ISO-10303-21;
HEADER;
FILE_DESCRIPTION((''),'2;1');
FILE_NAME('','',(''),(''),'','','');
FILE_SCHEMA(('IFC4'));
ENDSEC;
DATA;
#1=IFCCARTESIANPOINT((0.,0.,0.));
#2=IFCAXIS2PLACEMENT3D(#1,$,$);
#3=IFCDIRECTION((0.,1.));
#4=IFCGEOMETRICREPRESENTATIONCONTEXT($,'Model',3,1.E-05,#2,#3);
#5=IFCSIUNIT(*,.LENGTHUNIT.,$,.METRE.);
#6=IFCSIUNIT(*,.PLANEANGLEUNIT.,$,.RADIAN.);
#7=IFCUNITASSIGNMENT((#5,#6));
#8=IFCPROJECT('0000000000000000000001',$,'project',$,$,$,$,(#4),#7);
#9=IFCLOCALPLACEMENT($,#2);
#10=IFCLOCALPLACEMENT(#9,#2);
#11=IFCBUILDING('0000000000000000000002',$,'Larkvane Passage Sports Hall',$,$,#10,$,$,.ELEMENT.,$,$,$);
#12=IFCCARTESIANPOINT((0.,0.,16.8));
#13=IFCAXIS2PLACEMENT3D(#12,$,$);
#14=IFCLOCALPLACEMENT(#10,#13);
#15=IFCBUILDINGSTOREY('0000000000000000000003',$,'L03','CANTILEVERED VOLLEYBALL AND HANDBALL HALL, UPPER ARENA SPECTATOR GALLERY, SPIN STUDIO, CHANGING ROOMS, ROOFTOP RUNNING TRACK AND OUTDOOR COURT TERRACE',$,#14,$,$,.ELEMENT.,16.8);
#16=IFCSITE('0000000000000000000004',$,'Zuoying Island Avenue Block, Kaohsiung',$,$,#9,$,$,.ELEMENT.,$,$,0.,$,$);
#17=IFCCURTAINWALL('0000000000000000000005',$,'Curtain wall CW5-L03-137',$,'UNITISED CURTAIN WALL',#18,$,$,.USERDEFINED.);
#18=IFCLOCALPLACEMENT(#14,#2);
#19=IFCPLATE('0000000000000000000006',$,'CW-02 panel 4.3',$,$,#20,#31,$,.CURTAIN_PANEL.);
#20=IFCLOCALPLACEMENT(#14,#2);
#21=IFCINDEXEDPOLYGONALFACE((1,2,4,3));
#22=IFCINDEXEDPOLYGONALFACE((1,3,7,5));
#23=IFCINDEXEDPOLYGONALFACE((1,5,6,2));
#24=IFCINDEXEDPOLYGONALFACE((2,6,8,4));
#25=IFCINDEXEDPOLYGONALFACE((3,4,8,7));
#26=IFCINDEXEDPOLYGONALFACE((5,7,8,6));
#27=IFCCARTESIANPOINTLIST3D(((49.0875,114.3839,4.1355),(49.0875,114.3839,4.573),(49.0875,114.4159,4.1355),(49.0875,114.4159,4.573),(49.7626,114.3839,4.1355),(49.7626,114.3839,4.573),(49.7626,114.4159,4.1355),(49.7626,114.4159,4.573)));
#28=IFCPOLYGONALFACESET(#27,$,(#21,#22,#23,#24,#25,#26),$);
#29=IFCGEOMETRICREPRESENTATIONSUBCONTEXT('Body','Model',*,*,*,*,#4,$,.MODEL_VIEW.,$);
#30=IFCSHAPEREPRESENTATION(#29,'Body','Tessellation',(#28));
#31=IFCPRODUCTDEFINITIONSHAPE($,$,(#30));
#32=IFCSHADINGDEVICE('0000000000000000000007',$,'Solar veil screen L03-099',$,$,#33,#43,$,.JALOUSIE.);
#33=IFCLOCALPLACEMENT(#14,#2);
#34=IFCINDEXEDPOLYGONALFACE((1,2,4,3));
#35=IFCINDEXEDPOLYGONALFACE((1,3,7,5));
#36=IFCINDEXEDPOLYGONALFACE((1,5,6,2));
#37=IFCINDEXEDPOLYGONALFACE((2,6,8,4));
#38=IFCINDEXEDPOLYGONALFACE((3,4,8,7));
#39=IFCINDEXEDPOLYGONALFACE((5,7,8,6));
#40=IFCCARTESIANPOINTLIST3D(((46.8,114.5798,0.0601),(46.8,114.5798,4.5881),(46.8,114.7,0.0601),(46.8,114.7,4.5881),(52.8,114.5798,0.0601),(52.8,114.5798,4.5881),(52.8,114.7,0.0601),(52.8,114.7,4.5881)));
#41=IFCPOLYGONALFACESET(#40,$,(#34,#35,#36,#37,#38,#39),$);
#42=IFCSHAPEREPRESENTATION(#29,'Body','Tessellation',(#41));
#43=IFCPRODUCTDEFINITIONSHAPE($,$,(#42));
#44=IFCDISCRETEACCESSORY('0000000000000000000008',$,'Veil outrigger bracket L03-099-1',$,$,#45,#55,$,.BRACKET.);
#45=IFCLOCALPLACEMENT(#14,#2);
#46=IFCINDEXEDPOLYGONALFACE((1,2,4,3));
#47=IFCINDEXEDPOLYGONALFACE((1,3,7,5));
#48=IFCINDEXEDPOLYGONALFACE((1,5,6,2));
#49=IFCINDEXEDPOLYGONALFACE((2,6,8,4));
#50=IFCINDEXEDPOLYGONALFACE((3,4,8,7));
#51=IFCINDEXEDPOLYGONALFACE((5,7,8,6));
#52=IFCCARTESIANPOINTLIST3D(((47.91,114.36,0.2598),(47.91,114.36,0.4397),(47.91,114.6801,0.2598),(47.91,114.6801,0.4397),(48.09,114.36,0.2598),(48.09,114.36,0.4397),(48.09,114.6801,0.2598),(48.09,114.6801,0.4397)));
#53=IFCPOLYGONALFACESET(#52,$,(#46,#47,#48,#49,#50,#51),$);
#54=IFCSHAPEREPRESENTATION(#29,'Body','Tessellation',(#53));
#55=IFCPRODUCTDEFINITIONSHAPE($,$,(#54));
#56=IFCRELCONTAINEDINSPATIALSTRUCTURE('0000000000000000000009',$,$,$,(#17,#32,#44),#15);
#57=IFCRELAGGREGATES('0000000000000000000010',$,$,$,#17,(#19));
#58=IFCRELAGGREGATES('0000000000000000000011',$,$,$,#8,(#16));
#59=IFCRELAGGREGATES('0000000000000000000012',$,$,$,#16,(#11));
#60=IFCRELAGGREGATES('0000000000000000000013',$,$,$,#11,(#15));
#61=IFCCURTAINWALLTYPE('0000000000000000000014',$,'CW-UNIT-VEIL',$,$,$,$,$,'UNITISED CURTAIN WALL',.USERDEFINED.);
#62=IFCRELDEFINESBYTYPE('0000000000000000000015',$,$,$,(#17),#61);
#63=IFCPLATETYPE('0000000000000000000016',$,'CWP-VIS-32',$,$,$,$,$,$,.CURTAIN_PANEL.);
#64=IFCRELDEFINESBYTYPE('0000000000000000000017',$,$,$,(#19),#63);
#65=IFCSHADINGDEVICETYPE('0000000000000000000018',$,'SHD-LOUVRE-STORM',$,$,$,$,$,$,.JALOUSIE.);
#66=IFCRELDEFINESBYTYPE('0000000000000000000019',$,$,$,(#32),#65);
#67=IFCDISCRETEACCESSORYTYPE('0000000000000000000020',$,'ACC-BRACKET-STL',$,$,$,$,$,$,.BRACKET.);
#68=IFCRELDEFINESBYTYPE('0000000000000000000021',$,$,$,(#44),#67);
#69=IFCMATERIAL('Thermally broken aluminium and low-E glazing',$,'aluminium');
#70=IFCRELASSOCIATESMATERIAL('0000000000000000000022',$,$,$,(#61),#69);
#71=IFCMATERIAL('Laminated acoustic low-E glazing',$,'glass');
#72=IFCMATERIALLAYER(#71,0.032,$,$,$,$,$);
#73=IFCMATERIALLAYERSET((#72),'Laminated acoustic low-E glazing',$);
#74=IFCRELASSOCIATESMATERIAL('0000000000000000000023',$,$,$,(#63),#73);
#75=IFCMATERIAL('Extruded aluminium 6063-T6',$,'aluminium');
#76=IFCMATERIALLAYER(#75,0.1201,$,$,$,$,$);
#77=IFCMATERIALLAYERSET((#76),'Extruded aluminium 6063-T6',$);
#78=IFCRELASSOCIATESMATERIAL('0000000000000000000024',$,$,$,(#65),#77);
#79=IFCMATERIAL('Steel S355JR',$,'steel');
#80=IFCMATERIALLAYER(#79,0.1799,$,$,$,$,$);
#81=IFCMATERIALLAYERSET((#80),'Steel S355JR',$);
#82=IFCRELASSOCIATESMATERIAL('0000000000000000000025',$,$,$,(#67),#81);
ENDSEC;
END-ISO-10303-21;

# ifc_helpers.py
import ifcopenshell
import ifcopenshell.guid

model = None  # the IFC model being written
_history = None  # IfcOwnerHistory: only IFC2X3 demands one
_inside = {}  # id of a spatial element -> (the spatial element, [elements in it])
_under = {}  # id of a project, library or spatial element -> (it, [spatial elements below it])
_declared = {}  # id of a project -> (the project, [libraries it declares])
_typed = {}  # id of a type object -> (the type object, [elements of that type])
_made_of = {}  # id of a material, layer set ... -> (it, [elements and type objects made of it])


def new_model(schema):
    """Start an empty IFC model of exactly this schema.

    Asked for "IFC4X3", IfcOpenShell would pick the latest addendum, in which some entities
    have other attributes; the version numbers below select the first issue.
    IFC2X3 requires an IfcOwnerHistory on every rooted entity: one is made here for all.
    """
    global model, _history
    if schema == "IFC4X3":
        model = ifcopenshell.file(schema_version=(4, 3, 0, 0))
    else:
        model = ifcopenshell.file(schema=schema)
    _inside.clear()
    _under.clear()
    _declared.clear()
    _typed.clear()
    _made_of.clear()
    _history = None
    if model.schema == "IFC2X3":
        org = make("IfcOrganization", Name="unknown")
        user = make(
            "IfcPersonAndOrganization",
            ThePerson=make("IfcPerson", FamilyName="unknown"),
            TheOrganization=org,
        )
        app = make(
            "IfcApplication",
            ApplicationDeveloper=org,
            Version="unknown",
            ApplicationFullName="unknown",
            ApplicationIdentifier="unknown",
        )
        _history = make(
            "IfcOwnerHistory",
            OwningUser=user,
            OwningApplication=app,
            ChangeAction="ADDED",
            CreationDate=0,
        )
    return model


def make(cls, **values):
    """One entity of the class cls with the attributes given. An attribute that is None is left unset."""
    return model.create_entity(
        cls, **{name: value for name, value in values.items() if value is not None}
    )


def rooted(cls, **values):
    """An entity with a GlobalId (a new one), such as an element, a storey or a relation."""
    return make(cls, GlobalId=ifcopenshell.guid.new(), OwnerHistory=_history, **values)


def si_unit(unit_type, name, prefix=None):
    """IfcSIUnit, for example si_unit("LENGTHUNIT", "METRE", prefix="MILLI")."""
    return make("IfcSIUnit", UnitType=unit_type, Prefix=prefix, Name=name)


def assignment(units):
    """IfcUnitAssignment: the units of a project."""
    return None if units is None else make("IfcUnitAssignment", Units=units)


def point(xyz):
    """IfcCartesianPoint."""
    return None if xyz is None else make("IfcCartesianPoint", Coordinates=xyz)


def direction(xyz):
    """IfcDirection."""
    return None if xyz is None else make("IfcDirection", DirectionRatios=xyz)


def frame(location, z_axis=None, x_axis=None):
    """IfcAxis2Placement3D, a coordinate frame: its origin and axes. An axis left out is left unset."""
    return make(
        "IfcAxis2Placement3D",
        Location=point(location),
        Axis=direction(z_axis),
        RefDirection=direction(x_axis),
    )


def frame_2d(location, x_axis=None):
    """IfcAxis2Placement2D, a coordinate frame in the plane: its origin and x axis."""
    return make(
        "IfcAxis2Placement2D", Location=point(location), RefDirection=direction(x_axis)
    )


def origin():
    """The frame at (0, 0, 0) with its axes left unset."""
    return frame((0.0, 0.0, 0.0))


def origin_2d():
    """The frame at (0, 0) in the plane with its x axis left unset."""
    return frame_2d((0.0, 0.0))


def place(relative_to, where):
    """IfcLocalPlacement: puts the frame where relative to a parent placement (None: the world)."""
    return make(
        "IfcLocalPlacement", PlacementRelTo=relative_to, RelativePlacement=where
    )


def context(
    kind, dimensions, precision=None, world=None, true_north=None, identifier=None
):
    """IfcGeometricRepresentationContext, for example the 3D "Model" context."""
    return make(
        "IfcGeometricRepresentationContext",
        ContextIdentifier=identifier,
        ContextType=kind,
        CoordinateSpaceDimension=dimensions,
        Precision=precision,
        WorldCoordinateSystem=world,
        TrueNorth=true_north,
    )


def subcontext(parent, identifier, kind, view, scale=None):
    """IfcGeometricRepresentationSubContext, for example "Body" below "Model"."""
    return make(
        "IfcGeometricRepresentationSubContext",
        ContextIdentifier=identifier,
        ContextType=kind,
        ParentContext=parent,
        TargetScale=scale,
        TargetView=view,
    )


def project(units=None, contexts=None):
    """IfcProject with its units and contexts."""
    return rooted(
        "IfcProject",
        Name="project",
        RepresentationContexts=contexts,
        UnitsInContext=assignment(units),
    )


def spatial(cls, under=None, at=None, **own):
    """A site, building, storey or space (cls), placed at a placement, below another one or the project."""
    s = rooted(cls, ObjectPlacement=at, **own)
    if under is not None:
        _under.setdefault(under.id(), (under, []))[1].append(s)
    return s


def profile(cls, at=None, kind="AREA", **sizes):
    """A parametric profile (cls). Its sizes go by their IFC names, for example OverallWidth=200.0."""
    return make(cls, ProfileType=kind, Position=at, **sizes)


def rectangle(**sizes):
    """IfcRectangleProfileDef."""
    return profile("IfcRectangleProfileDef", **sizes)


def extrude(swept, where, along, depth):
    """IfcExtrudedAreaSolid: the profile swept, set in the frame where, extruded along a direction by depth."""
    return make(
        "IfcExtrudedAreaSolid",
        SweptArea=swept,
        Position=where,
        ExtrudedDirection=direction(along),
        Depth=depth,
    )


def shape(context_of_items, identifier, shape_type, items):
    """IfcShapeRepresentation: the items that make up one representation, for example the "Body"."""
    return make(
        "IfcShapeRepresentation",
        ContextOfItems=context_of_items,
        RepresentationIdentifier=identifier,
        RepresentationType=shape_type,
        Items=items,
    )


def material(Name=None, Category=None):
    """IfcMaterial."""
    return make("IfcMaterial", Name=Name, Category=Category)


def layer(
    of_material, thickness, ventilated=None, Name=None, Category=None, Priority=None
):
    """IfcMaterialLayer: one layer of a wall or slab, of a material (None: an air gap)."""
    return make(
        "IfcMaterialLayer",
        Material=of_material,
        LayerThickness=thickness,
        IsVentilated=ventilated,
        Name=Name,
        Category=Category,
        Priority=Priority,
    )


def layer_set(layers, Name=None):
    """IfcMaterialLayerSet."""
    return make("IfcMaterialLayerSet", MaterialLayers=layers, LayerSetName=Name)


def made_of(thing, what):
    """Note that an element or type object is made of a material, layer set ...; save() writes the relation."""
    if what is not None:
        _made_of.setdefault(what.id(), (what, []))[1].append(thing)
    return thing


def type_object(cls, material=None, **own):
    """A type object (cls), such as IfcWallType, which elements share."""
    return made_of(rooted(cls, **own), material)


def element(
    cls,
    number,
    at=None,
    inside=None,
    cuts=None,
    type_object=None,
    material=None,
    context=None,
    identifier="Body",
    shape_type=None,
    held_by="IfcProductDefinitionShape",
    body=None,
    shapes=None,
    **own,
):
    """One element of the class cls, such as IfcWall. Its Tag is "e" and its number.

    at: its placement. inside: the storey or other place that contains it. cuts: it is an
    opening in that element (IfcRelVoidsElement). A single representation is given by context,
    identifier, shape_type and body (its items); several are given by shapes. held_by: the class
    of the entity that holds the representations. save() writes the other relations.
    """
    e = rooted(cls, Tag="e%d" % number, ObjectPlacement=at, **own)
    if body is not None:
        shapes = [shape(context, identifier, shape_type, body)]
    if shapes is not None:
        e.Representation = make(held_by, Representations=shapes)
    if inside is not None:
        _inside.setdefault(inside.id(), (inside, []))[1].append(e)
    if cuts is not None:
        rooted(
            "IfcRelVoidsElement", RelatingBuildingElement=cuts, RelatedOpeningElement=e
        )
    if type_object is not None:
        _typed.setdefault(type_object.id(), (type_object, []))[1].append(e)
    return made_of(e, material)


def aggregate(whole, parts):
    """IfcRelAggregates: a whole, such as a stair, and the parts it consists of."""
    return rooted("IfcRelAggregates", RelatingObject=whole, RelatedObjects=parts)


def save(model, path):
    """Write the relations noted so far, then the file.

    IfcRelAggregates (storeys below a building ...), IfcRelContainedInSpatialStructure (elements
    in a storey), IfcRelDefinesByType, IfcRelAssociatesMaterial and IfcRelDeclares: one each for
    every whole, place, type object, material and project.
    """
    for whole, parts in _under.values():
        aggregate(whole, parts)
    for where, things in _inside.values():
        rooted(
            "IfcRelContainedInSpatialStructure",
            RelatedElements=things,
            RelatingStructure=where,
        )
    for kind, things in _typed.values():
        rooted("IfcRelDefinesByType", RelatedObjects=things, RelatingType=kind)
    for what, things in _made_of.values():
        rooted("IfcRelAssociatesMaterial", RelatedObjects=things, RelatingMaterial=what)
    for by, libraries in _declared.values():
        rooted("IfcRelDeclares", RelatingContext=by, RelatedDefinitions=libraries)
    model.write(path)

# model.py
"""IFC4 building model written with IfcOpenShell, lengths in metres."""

from ifc_helpers import new_model, si_unit, direction, frame, origin, origin_2d, place, context, subcontext, project, spatial, rectangle, extrude, material, layer, layer_set, type_object, element, aggregate, save


model = new_model("IFC4")

# Units and contexts
model_context = context("Model", 3, precision=1e-05, world=origin(), true_north=direction((0.0, 1.0)))
body_context = subcontext(model_context, "Body", "Model", "MODEL_VIEW")
ifc_project = project(units=[si_unit("LENGTHUNIT", "METRE"), si_unit("PLANEANGLEUNIT", "RADIAN")], contexts=[model_context])

# Site, building, storey
site_placement = place(None, origin())
site = spatial("IfcSite", under=ifc_project, at=site_placement, Name="Zuoying Island Avenue Block, Kaohsiung", CompositionType="ELEMENT", RefElevation=0.0)
building_placement = place(site_placement, origin())
building = spatial("IfcBuilding", under=site, at=building_placement, Name="Larkvane Passage Sports Hall", CompositionType="ELEMENT")
storey_placement = place(building_placement, frame((0.0, 0.0, 16.8)))
storey = spatial("IfcBuildingStorey", under=building, at=storey_placement, Name="L03", Description="CANTILEVERED VOLLEYBALL AND HANDBALL HALL, UPPER ARENA SPECTATOR GALLERY, SPIN STUDIO, CHANGING ROOMS, ROOFTOP RUNNING TRACK AND OUTDOOR COURT TERRACE", CompositionType="ELEMENT", Elevation=16.8)

# Curtain wall, plate
ifc_material_1 = material(Name="Thermally broken aluminium and low-E glazing", Category="aluminium")
curtain_wall_type = type_object("IfcCurtainWallType", Name="CW-UNIT-VEIL", ElementType="UNITISED CURTAIN WALL", PredefinedType="USERDEFINED", material=ifc_material_1)
curtain_wall_placement = place(storey_placement, origin())
curtain_wall = element("IfcCurtainWall", 1, at=curtain_wall_placement, inside=storey, type_object=curtain_wall_type, Name="Curtain wall CW5-L03-137", ObjectType="UNITISED CURTAIN WALL", PredefinedType="USERDEFINED")
ifc_material_2 = material(Name="Laminated acoustic low-E glazing", Category="glass")
ifc_layer_1 = layer(ifc_material_2, 0.032)
ifc_layer_set_1 = layer_set([ifc_layer_1], Name="Laminated acoustic low-E glazing")
plate_type_1 = type_object("IfcPlateType", Name="CWP-VIS-32", PredefinedType="CURTAIN_PANEL", material=ifc_layer_set_1)
plate_1_placement = place(storey_placement, frame((49.425, 114.3999, 4.1355), z_axis=(0.0, 0.0, 1.0), x_axis=(1.0, 0.0, 0.0)))
plate_1 = element("IfcPlate", 2, at=plate_1_placement, type_object=plate_type_1, Name="CW-02 panel 4.3", PredefinedType="CURTAIN_PANEL", context=body_context, shape_type="SweptSolid", body=[
    extrude(rectangle(XDim=0.675, YDim=0.032, at=origin_2d()), origin(), (0.0, 0.0, 1.0), 0.4375),
])
aggregate(curtain_wall, [plate_1])

# Shading device
ifc_material_3 = material(Name="Extruded aluminium 6063-T6", Category="aluminium")
ifc_layer_2 = layer(ifc_material_3, 0.1201)
ifc_layer_set_2 = layer_set([ifc_layer_2], Name="Extruded aluminium 6063-T6")
shading_device_type = type_object("IfcShadingDeviceType", Name="SHD-LOUVRE-STORM", PredefinedType="JALOUSIE", material=ifc_layer_set_2)
shading_device_placement = place(storey_placement, frame((49.8, 114.6399, 0.0601), z_axis=(0.0, 0.0, 1.0), x_axis=(1.0, 0.0, 0.0)))
element("IfcShadingDevice", 3, at=shading_device_placement, inside=storey, type_object=shading_device_type, Name="Solar veil screen L03-099", PredefinedType="JALOUSIE", context=body_context, shape_type="SweptSolid", body=[
    extrude(rectangle(XDim=6.0, YDim=0.1201, at=origin_2d()), origin(), (0.0, 0.0, 1.0), 4.5281),
])

# Discrete accessory
ifc_material_4 = material(Name="Steel S355JR", Category="steel")
ifc_layer_3 = layer(ifc_material_4, 0.1799)
ifc_layer_set_3 = layer_set([ifc_layer_3], Name="Steel S355JR")
discrete_accessory_type = type_object("IfcDiscreteAccessoryType", Name="ACC-BRACKET-STL", PredefinedType="BRACKET", material=ifc_layer_set_3)
discrete_accessory_placement = place(storey_placement, frame((48.0, 114.52, 0.2598), z_axis=(0.0, 0.0, 1.0), x_axis=(1.0, 0.0, 0.0)))
element("IfcDiscreteAccessory", 4, at=discrete_accessory_placement, inside=storey, type_object=discrete_accessory_type, Name="Veil outrigger bracket L03-099-1", PredefinedType="BRACKET", context=body_context, shape_type="SweptSolid", body=[
    extrude(rectangle(XDim=0.1799, YDim=0.3201, at=origin_2d()), origin(), (0.0, 0.0, 1.0), 0.1799),
])

save(model, "model.ifc")
